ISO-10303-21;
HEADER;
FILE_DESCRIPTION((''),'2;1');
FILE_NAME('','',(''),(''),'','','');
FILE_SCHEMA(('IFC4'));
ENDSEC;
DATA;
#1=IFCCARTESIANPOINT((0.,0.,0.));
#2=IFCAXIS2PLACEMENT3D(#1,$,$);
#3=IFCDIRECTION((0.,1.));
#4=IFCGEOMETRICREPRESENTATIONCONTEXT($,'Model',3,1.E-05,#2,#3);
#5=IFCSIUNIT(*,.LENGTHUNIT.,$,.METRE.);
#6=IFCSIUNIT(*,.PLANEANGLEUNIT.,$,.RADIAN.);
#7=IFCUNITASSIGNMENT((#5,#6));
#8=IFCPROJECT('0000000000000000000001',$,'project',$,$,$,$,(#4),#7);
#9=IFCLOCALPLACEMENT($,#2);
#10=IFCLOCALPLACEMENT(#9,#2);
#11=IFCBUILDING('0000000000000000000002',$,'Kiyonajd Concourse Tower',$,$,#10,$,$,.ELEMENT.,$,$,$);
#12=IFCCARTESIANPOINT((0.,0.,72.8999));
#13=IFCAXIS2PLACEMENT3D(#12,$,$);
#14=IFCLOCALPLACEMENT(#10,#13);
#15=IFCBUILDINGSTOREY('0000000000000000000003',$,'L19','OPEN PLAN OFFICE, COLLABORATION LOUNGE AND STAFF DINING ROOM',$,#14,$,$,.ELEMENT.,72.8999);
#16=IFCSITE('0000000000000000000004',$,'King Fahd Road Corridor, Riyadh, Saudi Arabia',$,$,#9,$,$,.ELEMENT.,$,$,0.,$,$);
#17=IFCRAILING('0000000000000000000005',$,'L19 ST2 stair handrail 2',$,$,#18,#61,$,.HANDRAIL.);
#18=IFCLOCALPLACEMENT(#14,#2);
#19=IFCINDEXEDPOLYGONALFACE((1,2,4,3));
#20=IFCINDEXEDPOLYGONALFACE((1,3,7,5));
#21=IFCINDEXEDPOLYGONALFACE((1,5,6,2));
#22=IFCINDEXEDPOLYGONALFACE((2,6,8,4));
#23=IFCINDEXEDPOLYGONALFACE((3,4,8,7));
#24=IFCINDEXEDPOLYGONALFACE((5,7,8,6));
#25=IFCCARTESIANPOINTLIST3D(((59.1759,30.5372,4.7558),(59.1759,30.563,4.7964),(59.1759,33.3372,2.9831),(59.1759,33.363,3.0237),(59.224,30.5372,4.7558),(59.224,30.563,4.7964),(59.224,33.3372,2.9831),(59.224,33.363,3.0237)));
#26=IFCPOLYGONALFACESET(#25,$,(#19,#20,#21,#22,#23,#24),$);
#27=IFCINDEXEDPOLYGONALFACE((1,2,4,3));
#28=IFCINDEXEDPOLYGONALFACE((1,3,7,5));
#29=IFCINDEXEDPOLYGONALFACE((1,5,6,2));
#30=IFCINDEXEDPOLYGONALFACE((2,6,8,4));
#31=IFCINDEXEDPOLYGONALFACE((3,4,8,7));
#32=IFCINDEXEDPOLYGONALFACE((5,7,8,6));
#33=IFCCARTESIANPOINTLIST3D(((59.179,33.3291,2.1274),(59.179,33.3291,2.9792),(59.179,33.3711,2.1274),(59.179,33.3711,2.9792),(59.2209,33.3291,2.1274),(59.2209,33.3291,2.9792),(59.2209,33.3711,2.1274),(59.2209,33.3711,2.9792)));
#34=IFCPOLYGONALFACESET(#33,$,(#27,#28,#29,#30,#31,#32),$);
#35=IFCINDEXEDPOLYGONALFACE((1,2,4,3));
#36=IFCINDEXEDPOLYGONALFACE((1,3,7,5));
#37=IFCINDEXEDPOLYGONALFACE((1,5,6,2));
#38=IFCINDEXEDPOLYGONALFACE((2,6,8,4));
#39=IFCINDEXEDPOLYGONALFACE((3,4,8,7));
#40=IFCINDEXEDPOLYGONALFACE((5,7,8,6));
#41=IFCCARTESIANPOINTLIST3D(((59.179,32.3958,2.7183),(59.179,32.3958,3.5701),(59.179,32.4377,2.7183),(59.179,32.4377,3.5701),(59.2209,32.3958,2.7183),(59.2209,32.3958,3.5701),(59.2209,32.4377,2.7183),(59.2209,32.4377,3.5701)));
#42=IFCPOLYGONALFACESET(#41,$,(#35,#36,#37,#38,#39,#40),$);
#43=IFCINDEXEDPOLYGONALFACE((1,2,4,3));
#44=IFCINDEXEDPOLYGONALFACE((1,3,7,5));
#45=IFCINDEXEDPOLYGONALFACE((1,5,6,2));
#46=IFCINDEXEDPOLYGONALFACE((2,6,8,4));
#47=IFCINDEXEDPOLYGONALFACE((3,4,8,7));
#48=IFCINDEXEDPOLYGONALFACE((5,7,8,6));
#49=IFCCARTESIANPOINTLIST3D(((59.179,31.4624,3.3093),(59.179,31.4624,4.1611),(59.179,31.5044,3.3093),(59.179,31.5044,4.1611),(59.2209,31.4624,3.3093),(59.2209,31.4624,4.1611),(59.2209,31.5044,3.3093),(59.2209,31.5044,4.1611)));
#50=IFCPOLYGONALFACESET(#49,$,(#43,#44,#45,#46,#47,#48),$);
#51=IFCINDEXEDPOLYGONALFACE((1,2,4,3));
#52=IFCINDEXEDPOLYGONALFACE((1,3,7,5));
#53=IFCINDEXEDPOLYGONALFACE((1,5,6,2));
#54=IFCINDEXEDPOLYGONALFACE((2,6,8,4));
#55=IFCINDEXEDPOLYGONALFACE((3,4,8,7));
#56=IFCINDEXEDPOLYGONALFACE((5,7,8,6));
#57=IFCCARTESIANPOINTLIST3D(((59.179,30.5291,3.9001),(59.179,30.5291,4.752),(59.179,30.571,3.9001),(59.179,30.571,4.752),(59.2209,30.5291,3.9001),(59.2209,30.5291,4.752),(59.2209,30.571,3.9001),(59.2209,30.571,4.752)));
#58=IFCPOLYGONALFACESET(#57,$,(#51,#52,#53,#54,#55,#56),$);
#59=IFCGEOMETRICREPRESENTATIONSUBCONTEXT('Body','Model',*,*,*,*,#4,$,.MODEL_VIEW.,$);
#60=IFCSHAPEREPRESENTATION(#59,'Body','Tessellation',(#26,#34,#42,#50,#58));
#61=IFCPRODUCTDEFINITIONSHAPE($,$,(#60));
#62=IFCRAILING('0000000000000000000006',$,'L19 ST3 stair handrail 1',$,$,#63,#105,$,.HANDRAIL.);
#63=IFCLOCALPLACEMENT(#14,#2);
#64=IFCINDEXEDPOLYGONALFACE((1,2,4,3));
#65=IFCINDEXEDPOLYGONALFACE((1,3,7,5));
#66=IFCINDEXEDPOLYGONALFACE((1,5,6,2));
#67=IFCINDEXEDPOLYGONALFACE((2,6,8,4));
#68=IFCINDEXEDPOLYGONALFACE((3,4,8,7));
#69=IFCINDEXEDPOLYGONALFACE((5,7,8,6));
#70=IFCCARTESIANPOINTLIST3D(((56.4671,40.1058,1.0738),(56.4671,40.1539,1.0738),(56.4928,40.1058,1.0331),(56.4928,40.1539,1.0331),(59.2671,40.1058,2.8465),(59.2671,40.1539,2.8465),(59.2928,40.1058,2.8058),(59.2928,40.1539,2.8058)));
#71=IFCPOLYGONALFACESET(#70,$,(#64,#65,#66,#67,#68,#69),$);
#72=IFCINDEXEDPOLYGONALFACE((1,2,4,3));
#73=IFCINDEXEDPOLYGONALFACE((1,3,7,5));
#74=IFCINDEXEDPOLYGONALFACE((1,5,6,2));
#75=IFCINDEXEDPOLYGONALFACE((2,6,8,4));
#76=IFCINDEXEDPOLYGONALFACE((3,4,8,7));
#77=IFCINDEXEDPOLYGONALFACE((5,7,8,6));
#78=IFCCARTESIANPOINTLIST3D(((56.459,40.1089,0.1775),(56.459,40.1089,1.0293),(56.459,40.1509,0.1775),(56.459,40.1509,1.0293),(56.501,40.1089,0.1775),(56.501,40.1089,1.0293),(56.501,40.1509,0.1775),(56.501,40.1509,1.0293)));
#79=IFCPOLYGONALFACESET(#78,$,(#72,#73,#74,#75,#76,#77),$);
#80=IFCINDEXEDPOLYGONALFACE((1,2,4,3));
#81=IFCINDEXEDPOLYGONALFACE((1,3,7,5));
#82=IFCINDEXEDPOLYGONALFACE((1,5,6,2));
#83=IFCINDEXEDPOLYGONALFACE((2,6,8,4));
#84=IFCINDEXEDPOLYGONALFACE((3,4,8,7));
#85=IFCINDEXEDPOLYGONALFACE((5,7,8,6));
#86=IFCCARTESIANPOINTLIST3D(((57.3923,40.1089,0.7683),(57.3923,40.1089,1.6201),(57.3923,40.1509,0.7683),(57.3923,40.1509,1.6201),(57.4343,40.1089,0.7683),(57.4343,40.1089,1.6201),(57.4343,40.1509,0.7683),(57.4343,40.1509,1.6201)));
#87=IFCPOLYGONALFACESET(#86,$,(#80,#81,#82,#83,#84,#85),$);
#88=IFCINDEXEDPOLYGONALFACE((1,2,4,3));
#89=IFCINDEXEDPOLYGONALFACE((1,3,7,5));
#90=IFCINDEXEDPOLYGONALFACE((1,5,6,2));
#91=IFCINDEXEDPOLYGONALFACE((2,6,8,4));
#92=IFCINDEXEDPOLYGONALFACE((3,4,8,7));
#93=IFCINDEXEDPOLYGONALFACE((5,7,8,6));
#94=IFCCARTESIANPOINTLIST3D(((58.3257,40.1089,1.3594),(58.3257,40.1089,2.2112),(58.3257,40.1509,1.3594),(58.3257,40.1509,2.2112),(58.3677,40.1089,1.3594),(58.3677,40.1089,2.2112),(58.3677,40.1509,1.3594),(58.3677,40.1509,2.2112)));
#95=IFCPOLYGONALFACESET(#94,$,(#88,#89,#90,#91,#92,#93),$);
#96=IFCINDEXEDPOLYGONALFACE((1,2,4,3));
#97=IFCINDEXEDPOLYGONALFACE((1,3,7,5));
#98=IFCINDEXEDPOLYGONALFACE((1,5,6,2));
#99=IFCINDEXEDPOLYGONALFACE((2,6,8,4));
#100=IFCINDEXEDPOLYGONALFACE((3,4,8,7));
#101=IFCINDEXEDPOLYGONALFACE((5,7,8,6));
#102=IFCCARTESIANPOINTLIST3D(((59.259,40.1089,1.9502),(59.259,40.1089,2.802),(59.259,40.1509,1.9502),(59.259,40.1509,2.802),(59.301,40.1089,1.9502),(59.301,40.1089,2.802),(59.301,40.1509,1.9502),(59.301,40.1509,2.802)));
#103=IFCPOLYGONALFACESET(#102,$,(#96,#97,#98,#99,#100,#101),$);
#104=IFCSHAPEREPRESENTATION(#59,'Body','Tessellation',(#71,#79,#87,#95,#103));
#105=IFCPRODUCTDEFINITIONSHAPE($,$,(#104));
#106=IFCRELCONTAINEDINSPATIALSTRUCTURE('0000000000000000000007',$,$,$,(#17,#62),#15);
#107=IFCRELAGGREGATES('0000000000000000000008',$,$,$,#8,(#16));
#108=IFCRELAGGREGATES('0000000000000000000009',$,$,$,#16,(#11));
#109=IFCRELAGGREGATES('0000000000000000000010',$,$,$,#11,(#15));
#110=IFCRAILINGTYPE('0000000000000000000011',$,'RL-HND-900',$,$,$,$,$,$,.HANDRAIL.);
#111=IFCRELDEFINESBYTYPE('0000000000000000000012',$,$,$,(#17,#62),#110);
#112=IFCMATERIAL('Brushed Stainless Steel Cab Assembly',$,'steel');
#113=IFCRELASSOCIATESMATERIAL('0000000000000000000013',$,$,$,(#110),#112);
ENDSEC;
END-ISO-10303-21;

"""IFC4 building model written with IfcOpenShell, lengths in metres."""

from ifc_helpers import new_model, si_unit, direction, frame, origin, origin_2d, place, context, subcontext, project, spatial, rectangle, extrude, material, type_object, element, save


model = new_model("IFC4")

# Units and contexts
model_context = context("Model", 3, precision=1e-05, world=origin(), true_north=direction((0.0, 1.0)))
body_context = subcontext(model_context, "Body", "Model", "MODEL_VIEW")
ifc_project = project(units=[si_unit("LENGTHUNIT", "METRE"), si_unit("PLANEANGLEUNIT", "RADIAN")], contexts=[model_context])

# Site, building, storey
site_placement = place(None, origin())
site = spatial("IfcSite", under=ifc_project, at=site_placement, Name="King Fahd Road Corridor, Riyadh, Saudi Arabia", CompositionType="ELEMENT", RefElevation=0.0)
building_placement = place(site_placement, origin())
building = spatial("IfcBuilding", under=site, at=building_placement, Name="Kiyonajd Concourse Tower", CompositionType="ELEMENT")
storey_placement = place(building_placement, frame((0.0, 0.0, 72.8999)))
storey = spatial("IfcBuildingStorey", under=building, at=storey_placement, Name="L19", Description="OPEN PLAN OFFICE, COLLABORATION LOUNGE AND STAFF DINING ROOM", CompositionType="ELEMENT", Elevation=72.8999)

# Shared definitions
ifc_material_1 = material(Name="Brushed Stainless Steel Cab Assembly", Category="steel")

# Railings
railing_type_1 = type_object("IfcRailingType", Name="RL-HND-900", PredefinedType="HANDRAIL", material=ifc_material_1)
railing_1_placement = place(storey_placement, frame((59.2, 33.3501, 2.1274)))
element("IfcRailing", 1, at=railing_1_placement, inside=storey, type_object=railing_type_1, Name="L19 ST2 stair handrail 2", PredefinedType="HANDRAIL", context=body_context, shape_type="SweptSolid", body=[
    extrude(rectangle(XDim=0.0481, YDim=0.0481, at=origin_2d()), frame((0.0, 0.0, 0.876), z_axis=(0.0, -0.844909, 0.53491), x_axis=(1.0, 0.0, 0.0)), (0.0, 0.0, 1.0), 3.314),
    extrude(rectangle(XDim=0.042, YDim=0.042, at=origin_2d()), origin(), (0.0, 0.0, 1.0), 0.8518),
    extrude(rectangle(XDim=0.042, YDim=0.042, at=origin_2d()), frame((0.0, -0.9333, 0.5908)), (0.0, 0.0, 1.0), 0.8518),
    extrude(rectangle(XDim=0.042, YDim=0.042, at=origin_2d()), frame((0.0, -1.8667, 1.1819)), (0.0, 0.0, 1.0), 0.8518),
    extrude(rectangle(XDim=0.042, YDim=0.042, at=origin_2d()), frame((0.0, -2.8, 1.7727)), (0.0, 0.0, 1.0), 0.8518),
])
railing_2_placement = place(storey_placement, frame((56.48, 40.1299, 0.1775)))
element("IfcRailing", 2, at=railing_2_placement, inside=storey, type_object=railing_type_1, Name="L19 ST3 stair handrail 1", PredefinedType="HANDRAIL", context=body_context, shape_type="SweptSolid", body=[
    extrude(rectangle(XDim=0.0481, YDim=0.0481, at=origin_2d()), frame((0.0, 0.0, 0.876), z_axis=(0.844909, 0.0, 0.53491), x_axis=(0.0, 1.0, 0.0)), (0.0, 0.0, 1.0), 3.314),
    extrude(rectangle(XDim=0.042, YDim=0.042, at=origin_2d()), origin(), (0.0, 0.0, 1.0), 0.8518),
    extrude(rectangle(XDim=0.042, YDim=0.042, at=origin_2d()), frame((0.9333, 0.0, 0.5908)), (0.0, 0.0, 1.0), 0.8518),
    extrude(rectangle(XDim=0.042, YDim=0.042, at=origin_2d()), frame((1.8667, 0.0, 1.1819)), (0.0, 0.0, 1.0), 0.8518),
    extrude(rectangle(XDim=0.042, YDim=0.042, at=origin_2d()), frame((2.8, 0.0, 1.7727)), (0.0, 0.0, 1.0), 0.8518),
])

save(model, "model.ifc")
